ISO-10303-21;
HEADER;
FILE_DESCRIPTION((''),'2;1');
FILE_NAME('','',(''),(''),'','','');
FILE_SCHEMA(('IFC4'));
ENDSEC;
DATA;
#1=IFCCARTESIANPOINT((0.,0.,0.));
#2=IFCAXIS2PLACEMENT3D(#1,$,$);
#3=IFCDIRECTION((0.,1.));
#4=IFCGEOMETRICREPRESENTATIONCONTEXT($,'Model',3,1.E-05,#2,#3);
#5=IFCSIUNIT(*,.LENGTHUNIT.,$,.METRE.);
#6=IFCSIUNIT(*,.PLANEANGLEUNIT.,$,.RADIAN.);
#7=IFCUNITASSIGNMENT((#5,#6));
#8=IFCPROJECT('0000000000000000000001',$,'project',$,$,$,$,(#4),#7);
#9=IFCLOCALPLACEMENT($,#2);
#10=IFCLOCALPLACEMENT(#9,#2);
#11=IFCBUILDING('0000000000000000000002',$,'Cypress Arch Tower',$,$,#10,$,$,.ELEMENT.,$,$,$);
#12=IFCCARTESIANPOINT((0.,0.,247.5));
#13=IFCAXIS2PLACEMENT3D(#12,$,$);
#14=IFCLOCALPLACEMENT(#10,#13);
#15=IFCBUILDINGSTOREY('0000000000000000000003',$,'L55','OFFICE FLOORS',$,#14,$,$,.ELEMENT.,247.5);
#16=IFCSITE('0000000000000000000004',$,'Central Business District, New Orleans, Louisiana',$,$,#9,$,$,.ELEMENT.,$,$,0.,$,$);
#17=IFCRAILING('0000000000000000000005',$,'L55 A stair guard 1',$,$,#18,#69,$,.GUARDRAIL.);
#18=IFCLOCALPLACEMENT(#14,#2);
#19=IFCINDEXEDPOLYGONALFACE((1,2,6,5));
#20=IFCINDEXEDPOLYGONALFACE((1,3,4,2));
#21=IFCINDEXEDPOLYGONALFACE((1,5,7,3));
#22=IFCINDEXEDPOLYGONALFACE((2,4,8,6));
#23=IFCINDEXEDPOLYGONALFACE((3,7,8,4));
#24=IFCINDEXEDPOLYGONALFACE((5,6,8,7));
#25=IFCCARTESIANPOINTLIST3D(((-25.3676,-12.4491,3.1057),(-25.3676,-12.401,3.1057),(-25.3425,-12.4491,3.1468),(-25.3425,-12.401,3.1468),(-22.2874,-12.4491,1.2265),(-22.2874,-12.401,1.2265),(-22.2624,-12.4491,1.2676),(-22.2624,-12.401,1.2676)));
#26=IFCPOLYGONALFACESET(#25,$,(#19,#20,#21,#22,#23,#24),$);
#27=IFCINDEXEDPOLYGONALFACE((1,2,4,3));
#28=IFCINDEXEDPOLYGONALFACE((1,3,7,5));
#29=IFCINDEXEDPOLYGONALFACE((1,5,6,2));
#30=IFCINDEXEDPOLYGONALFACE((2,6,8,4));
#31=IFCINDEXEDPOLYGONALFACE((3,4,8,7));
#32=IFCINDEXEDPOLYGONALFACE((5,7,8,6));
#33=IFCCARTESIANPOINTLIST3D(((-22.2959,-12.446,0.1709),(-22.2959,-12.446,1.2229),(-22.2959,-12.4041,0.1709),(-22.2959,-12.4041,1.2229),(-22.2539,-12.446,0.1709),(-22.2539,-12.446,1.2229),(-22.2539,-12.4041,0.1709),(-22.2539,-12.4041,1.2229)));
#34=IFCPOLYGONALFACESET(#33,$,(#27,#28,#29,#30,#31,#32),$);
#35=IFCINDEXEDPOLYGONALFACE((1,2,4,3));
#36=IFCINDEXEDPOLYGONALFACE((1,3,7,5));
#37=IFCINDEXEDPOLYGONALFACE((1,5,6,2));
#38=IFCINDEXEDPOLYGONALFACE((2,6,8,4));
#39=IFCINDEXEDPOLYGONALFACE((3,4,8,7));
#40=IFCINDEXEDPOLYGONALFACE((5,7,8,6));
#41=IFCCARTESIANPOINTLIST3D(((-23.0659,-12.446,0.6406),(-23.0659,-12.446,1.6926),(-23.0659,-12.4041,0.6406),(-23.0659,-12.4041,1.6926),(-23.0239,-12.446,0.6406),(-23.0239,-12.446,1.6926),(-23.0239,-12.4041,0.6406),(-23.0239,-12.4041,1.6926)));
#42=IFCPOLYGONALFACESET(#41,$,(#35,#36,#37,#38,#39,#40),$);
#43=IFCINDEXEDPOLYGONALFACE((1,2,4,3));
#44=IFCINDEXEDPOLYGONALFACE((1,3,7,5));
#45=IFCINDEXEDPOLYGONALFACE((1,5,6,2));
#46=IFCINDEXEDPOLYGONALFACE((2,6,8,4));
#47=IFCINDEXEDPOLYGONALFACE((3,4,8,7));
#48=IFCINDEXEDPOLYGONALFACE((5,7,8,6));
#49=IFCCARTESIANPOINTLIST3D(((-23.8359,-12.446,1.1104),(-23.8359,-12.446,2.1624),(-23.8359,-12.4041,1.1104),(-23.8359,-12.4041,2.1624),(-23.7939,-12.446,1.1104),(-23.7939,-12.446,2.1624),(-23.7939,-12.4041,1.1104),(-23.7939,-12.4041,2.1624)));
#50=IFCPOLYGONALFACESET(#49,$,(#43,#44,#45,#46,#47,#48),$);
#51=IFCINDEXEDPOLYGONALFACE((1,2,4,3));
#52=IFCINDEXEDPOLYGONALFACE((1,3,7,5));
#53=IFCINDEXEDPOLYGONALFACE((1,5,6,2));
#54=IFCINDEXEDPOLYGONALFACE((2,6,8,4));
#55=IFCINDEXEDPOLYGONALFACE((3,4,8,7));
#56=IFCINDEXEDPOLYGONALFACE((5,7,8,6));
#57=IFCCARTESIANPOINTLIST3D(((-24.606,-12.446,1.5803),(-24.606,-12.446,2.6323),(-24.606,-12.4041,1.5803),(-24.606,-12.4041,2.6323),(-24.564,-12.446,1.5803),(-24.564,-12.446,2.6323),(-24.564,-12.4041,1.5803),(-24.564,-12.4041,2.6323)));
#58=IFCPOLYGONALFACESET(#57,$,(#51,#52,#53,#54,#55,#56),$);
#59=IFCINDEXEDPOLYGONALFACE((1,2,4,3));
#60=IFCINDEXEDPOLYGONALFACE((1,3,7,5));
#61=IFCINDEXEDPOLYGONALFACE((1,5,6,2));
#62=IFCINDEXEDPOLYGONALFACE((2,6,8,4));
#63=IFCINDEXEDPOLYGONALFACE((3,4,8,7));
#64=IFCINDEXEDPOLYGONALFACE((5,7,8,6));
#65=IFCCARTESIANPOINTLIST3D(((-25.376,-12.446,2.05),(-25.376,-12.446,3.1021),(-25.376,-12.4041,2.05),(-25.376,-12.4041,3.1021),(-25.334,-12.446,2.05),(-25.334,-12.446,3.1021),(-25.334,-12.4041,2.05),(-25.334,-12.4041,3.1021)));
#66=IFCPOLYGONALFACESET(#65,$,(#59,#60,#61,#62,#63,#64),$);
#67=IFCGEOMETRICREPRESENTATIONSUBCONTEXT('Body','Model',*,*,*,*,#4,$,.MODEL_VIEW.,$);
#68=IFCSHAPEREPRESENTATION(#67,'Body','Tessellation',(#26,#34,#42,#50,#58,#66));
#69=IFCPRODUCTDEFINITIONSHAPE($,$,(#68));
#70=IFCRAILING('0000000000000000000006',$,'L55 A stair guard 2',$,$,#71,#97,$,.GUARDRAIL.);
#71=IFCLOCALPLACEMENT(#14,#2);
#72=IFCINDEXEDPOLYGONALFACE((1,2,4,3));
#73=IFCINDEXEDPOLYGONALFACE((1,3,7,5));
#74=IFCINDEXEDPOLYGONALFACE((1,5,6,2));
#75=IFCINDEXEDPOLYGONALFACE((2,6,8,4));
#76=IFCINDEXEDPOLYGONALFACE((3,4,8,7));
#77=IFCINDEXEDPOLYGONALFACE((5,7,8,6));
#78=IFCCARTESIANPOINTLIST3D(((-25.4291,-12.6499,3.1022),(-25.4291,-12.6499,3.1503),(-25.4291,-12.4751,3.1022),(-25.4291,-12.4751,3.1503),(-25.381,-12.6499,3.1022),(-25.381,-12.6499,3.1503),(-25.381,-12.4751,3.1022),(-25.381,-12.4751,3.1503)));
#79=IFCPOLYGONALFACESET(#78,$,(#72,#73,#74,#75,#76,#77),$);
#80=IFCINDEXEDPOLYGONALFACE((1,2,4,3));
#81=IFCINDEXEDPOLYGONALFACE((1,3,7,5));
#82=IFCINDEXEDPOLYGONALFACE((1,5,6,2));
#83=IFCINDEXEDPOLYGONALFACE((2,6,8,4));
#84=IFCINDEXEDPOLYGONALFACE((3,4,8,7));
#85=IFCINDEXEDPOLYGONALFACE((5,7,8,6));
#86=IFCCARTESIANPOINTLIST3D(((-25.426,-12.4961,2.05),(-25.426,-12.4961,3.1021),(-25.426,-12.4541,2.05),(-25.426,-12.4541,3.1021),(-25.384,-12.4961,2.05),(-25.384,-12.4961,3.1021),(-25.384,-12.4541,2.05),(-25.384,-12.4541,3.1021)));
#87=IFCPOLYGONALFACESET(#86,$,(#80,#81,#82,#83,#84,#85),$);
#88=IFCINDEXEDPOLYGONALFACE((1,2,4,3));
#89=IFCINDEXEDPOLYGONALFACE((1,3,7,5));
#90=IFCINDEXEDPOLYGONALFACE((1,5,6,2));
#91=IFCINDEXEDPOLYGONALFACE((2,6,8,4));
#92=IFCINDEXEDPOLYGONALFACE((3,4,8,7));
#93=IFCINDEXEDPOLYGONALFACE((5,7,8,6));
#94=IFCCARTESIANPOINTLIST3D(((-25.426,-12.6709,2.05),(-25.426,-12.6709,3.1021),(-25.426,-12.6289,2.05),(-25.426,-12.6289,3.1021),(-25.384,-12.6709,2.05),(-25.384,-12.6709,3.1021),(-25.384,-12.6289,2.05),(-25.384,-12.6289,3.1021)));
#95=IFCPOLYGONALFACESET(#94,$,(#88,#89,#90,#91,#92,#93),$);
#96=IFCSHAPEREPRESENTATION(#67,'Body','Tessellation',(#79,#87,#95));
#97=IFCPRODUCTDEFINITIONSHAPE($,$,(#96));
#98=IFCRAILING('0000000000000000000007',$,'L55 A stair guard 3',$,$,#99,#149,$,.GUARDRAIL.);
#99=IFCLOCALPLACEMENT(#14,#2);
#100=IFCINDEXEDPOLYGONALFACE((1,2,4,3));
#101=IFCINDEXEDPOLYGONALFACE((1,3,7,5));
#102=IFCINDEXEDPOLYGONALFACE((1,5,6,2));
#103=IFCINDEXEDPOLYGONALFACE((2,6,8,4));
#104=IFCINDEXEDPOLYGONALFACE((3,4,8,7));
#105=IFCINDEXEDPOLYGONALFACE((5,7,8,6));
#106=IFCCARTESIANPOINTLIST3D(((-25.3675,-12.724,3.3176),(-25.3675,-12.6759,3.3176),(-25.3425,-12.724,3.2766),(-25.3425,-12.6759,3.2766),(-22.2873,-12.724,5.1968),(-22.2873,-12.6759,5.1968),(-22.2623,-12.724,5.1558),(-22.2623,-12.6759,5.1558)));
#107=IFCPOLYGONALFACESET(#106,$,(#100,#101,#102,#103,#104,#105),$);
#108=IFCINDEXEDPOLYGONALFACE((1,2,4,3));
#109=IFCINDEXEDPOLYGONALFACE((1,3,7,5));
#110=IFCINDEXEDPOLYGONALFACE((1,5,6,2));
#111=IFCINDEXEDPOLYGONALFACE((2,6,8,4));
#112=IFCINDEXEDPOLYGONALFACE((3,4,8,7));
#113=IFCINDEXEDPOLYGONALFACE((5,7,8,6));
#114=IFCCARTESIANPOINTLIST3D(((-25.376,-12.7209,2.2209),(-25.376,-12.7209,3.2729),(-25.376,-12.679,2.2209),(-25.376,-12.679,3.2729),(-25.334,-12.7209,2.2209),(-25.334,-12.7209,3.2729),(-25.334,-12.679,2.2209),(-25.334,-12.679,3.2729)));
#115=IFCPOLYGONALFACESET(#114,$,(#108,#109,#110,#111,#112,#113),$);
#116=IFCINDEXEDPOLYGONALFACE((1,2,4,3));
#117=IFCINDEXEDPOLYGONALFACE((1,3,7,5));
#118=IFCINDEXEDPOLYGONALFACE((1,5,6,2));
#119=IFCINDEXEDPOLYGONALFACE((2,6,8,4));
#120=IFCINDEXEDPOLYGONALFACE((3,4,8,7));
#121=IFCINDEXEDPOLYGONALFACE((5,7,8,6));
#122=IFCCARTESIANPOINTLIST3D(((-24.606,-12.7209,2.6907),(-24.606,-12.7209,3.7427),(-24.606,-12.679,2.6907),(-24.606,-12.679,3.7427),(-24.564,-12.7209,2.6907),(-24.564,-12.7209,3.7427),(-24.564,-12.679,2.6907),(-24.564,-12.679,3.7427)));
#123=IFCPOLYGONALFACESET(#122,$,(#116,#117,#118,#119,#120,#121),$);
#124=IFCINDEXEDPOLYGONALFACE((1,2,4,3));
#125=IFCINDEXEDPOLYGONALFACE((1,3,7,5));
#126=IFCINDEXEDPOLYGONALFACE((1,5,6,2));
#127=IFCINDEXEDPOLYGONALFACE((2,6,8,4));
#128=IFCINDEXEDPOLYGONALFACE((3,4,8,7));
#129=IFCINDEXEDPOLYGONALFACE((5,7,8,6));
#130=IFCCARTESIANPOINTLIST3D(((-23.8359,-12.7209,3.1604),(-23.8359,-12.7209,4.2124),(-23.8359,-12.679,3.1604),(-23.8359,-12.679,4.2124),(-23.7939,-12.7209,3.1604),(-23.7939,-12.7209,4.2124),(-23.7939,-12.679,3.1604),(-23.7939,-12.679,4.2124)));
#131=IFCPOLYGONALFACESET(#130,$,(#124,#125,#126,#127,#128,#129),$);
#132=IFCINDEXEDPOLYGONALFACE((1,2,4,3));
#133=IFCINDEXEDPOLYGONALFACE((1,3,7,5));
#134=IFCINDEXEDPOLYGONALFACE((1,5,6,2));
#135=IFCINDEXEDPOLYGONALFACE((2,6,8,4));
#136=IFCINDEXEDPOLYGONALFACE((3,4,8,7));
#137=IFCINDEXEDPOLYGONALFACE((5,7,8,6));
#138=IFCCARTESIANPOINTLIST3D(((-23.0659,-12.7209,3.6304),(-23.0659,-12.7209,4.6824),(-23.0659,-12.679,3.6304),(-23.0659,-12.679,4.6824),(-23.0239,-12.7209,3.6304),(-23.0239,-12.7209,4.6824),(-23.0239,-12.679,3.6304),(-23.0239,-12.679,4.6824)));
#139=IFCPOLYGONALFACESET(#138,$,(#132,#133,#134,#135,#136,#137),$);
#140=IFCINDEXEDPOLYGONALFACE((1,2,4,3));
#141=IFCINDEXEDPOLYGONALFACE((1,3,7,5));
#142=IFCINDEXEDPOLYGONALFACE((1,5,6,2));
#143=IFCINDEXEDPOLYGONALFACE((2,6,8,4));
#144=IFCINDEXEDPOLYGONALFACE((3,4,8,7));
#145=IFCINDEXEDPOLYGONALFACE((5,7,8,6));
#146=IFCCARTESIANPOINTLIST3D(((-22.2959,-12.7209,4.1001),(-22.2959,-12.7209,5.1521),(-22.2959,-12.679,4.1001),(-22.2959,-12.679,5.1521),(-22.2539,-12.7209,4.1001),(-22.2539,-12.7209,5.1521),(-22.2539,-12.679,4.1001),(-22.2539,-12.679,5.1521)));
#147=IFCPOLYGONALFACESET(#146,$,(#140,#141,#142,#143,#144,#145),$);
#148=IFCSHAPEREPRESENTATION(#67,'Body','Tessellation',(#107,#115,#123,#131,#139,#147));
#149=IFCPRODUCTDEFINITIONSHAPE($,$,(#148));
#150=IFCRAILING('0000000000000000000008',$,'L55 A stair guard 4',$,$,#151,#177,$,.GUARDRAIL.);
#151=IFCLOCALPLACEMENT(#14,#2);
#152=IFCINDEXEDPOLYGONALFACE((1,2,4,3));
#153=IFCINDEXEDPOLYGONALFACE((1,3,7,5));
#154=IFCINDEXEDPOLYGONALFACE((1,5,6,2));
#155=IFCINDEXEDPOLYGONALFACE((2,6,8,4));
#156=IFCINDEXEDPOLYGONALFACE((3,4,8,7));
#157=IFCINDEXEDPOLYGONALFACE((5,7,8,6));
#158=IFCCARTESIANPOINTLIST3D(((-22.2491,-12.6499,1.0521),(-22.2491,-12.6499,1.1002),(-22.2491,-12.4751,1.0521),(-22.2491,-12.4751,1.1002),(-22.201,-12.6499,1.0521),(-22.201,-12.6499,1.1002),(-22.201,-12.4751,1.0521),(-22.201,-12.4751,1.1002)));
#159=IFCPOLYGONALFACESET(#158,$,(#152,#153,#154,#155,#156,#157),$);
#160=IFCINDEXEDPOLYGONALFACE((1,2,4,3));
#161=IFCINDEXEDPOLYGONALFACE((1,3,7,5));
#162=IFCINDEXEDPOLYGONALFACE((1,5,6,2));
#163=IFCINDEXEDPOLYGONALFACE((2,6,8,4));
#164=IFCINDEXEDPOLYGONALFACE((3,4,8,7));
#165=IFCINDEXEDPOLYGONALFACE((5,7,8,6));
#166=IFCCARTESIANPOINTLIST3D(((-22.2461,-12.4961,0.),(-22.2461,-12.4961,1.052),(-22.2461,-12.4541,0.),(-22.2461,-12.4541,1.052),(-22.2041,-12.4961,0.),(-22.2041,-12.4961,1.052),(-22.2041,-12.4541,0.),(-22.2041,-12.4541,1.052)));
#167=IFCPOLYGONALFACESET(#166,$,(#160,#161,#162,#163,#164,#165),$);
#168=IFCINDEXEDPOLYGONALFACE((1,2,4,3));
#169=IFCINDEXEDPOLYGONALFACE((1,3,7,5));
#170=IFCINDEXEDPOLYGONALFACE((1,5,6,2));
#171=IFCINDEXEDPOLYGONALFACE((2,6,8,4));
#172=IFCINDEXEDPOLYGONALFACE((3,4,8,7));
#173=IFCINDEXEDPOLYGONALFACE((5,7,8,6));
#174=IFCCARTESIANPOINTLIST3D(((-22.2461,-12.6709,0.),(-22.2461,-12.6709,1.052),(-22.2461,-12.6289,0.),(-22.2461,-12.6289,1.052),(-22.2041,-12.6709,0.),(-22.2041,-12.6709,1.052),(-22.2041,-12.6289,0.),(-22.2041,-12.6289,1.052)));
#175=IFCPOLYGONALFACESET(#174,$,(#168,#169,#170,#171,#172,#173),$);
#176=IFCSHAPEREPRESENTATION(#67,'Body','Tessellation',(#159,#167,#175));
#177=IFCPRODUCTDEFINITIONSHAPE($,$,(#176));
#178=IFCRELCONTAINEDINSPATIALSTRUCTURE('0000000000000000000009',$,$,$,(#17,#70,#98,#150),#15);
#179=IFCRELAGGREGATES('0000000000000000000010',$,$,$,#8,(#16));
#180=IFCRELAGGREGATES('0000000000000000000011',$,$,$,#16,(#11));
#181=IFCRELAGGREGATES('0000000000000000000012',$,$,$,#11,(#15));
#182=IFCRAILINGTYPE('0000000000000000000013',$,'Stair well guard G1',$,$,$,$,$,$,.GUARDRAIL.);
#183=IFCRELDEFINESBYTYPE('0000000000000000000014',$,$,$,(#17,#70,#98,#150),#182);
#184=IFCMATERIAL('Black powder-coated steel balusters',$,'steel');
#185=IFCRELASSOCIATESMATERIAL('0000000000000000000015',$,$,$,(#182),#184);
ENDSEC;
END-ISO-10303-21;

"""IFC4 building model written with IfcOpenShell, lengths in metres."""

from ifc_helpers import new_model, si_unit, direction, frame, origin, origin_2d, place, context, subcontext, project, spatial, rectangle, extrude, material, type_object, element, save


model = new_model("IFC4")

# Units and contexts
model_context = context("Model", 3, precision=1e-05, world=origin(), true_north=direction((0.0, 1.0)))
body_context = subcontext(model_context, "Body", "Model", "MODEL_VIEW")
ifc_project = project(units=[si_unit("LENGTHUNIT", "METRE"), si_unit("PLANEANGLEUNIT", "RADIAN")], contexts=[model_context])

# Site, building, storey
site_placement = place(None, origin())
site = spatial("IfcSite", under=ifc_project, at=site_placement, Name="Central Business District, New Orleans, Louisiana", CompositionType="ELEMENT", RefElevation=0.0)
building_placement = place(site_placement, origin())
building = spatial("IfcBuilding", under=site, at=building_placement, Name="Cypress Arch Tower", CompositionType="ELEMENT")
storey_placement = place(building_placement, frame((0.0, 0.0, 247.5)))
storey = spatial("IfcBuildingStorey", under=building, at=storey_placement, Name="L55", Description="OFFICE FLOORS", CompositionType="ELEMENT", Elevation=247.5)

# Railings
ifc_material_1 = material(Name="Black powder-coated steel balusters", Category="steel")
railing_type_1 = type_object("IfcRailingType", Name="Stair well guard G1", PredefinedType="GUARDRAIL", material=ifc_material_1)
railing_1_placement = place(storey_placement, frame((-22.2749, -12.425, 0.1709)))
element("IfcRailing", 1, at=railing_1_placement, inside=storey, type_object=railing_type_1, Name="L55 A stair guard 1", PredefinedType="GUARDRAIL", context=body_context, shape_type="SweptSolid", body=[
    extrude(rectangle(XDim=0.0481, YDim=0.0481, at=origin_2d()), frame((0.0, 0.0, 1.0762), z_axis=(-0.853666, 0.0, 0.52082), x_axis=(0.0, -1.0, 0.0)), (0.0, 0.0, 1.0), 3.6082),
    extrude(rectangle(XDim=0.042, YDim=0.042, at=origin_2d()), origin(), (0.0, 0.0, 1.0), 1.052),
    extrude(rectangle(XDim=0.042, YDim=0.042, at=origin_2d()), frame((-0.77, 0.0, 0.4697)), (0.0, 0.0, 1.0), 1.052),
    extrude(rectangle(XDim=0.042, YDim=0.042, at=origin_2d()), frame((-1.54, 0.0, 0.9395)), (0.0, 0.0, 1.0), 1.052),
    extrude(rectangle(XDim=0.042, YDim=0.042, at=origin_2d()), frame((-2.3101, 0.0, 1.4094)), (0.0, 0.0, 1.0), 1.052),
    extrude(rectangle(XDim=0.042, YDim=0.042, at=origin_2d()), frame((-3.0801, 0.0, 1.8792)), (0.0, 0.0, 1.0), 1.052),
])
railing_2_placement = place(storey_placement, frame((-25.405, -12.4751, 2.05)))
element("IfcRailing", 2, at=railing_2_placement, inside=storey, type_object=railing_type_1, Name="L55 A stair guard 2", PredefinedType="GUARDRAIL", context=body_context, shape_type="SweptSolid", body=[
    extrude(rectangle(XDim=0.0481, YDim=0.0481, at=origin_2d()), frame((0.0, 0.0, 1.0762), z_axis=(0.0, -1.0, 0.0), x_axis=(1.0, 0.0, 0.0)), (0.0, 0.0, 1.0), 0.1748),
    extrude(rectangle(XDim=0.042, YDim=0.042, at=origin_2d()), origin(), (0.0, 0.0, 1.0), 1.052),
    extrude(rectangle(XDim=0.042, YDim=0.042, at=origin_2d()), frame((0.0, -0.1748, 0.0)), (0.0, 0.0, 1.0), 1.052),
])
railing_3_placement = place(storey_placement, frame((-25.355, -12.7, 2.2209)))
element("IfcRailing", 3, at=railing_3_placement, inside=storey, type_object=railing_type_1, Name="L55 A stair guard 3", PredefinedType="GUARDRAIL", context=body_context, shape_type="SweptSolid", body=[
    extrude(rectangle(XDim=0.0481, YDim=0.0481, at=origin_2d()), frame((0.0, 0.0, 1.0762), z_axis=(0.853666, 0.0, 0.52082), x_axis=(0.0, 1.0, 0.0)), (0.0, 0.0, 1.0), 3.6082),
    extrude(rectangle(XDim=0.042, YDim=0.042, at=origin_2d()), origin(), (0.0, 0.0, 1.0), 1.052),
    extrude(rectangle(XDim=0.042, YDim=0.042, at=origin_2d()), frame((0.77, 0.0, 0.4697)), (0.0, 0.0, 1.0), 1.052),
    extrude(rectangle(XDim=0.042, YDim=0.042, at=origin_2d()), frame((1.54, 0.0, 0.9395)), (0.0, 0.0, 1.0), 1.052),
    extrude(rectangle(XDim=0.042, YDim=0.042, at=origin_2d()), frame((2.3101, 0.0, 1.4094)), (0.0, 0.0, 1.0), 1.052),
    extrude(rectangle(XDim=0.042, YDim=0.042, at=origin_2d()), frame((3.0801, 0.0, 1.8792)), (0.0, 0.0, 1.0), 1.052),
])
railing_4_placement = place(storey_placement, frame((-22.2251, -12.4751, 0.0)))
element("IfcRailing", 4, at=railing_4_placement, inside=storey, type_object=railing_type_1, Name="L55 A stair guard 4", PredefinedType="GUARDRAIL", context=body_context, shape_type="SweptSolid", body=[
    extrude(rectangle(XDim=0.0481, YDim=0.0481, at=origin_2d()), frame((0.0, 0.0, 1.0762), z_axis=(0.0, -1.0, 0.0), x_axis=(1.0, 0.0, 0.0)), (0.0, 0.0, 1.0), 0.1748),
    extrude(rectangle(XDim=0.042, YDim=0.042, at=origin_2d()), origin(), (0.0, 0.0, 1.0), 1.052),
    extrude(rectangle(XDim=0.042, YDim=0.042, at=origin_2d()), frame((0.0, -0.1748, 0.0)), (0.0, 0.0, 1.0), 1.052),
])

save(model, "model.ifc")
